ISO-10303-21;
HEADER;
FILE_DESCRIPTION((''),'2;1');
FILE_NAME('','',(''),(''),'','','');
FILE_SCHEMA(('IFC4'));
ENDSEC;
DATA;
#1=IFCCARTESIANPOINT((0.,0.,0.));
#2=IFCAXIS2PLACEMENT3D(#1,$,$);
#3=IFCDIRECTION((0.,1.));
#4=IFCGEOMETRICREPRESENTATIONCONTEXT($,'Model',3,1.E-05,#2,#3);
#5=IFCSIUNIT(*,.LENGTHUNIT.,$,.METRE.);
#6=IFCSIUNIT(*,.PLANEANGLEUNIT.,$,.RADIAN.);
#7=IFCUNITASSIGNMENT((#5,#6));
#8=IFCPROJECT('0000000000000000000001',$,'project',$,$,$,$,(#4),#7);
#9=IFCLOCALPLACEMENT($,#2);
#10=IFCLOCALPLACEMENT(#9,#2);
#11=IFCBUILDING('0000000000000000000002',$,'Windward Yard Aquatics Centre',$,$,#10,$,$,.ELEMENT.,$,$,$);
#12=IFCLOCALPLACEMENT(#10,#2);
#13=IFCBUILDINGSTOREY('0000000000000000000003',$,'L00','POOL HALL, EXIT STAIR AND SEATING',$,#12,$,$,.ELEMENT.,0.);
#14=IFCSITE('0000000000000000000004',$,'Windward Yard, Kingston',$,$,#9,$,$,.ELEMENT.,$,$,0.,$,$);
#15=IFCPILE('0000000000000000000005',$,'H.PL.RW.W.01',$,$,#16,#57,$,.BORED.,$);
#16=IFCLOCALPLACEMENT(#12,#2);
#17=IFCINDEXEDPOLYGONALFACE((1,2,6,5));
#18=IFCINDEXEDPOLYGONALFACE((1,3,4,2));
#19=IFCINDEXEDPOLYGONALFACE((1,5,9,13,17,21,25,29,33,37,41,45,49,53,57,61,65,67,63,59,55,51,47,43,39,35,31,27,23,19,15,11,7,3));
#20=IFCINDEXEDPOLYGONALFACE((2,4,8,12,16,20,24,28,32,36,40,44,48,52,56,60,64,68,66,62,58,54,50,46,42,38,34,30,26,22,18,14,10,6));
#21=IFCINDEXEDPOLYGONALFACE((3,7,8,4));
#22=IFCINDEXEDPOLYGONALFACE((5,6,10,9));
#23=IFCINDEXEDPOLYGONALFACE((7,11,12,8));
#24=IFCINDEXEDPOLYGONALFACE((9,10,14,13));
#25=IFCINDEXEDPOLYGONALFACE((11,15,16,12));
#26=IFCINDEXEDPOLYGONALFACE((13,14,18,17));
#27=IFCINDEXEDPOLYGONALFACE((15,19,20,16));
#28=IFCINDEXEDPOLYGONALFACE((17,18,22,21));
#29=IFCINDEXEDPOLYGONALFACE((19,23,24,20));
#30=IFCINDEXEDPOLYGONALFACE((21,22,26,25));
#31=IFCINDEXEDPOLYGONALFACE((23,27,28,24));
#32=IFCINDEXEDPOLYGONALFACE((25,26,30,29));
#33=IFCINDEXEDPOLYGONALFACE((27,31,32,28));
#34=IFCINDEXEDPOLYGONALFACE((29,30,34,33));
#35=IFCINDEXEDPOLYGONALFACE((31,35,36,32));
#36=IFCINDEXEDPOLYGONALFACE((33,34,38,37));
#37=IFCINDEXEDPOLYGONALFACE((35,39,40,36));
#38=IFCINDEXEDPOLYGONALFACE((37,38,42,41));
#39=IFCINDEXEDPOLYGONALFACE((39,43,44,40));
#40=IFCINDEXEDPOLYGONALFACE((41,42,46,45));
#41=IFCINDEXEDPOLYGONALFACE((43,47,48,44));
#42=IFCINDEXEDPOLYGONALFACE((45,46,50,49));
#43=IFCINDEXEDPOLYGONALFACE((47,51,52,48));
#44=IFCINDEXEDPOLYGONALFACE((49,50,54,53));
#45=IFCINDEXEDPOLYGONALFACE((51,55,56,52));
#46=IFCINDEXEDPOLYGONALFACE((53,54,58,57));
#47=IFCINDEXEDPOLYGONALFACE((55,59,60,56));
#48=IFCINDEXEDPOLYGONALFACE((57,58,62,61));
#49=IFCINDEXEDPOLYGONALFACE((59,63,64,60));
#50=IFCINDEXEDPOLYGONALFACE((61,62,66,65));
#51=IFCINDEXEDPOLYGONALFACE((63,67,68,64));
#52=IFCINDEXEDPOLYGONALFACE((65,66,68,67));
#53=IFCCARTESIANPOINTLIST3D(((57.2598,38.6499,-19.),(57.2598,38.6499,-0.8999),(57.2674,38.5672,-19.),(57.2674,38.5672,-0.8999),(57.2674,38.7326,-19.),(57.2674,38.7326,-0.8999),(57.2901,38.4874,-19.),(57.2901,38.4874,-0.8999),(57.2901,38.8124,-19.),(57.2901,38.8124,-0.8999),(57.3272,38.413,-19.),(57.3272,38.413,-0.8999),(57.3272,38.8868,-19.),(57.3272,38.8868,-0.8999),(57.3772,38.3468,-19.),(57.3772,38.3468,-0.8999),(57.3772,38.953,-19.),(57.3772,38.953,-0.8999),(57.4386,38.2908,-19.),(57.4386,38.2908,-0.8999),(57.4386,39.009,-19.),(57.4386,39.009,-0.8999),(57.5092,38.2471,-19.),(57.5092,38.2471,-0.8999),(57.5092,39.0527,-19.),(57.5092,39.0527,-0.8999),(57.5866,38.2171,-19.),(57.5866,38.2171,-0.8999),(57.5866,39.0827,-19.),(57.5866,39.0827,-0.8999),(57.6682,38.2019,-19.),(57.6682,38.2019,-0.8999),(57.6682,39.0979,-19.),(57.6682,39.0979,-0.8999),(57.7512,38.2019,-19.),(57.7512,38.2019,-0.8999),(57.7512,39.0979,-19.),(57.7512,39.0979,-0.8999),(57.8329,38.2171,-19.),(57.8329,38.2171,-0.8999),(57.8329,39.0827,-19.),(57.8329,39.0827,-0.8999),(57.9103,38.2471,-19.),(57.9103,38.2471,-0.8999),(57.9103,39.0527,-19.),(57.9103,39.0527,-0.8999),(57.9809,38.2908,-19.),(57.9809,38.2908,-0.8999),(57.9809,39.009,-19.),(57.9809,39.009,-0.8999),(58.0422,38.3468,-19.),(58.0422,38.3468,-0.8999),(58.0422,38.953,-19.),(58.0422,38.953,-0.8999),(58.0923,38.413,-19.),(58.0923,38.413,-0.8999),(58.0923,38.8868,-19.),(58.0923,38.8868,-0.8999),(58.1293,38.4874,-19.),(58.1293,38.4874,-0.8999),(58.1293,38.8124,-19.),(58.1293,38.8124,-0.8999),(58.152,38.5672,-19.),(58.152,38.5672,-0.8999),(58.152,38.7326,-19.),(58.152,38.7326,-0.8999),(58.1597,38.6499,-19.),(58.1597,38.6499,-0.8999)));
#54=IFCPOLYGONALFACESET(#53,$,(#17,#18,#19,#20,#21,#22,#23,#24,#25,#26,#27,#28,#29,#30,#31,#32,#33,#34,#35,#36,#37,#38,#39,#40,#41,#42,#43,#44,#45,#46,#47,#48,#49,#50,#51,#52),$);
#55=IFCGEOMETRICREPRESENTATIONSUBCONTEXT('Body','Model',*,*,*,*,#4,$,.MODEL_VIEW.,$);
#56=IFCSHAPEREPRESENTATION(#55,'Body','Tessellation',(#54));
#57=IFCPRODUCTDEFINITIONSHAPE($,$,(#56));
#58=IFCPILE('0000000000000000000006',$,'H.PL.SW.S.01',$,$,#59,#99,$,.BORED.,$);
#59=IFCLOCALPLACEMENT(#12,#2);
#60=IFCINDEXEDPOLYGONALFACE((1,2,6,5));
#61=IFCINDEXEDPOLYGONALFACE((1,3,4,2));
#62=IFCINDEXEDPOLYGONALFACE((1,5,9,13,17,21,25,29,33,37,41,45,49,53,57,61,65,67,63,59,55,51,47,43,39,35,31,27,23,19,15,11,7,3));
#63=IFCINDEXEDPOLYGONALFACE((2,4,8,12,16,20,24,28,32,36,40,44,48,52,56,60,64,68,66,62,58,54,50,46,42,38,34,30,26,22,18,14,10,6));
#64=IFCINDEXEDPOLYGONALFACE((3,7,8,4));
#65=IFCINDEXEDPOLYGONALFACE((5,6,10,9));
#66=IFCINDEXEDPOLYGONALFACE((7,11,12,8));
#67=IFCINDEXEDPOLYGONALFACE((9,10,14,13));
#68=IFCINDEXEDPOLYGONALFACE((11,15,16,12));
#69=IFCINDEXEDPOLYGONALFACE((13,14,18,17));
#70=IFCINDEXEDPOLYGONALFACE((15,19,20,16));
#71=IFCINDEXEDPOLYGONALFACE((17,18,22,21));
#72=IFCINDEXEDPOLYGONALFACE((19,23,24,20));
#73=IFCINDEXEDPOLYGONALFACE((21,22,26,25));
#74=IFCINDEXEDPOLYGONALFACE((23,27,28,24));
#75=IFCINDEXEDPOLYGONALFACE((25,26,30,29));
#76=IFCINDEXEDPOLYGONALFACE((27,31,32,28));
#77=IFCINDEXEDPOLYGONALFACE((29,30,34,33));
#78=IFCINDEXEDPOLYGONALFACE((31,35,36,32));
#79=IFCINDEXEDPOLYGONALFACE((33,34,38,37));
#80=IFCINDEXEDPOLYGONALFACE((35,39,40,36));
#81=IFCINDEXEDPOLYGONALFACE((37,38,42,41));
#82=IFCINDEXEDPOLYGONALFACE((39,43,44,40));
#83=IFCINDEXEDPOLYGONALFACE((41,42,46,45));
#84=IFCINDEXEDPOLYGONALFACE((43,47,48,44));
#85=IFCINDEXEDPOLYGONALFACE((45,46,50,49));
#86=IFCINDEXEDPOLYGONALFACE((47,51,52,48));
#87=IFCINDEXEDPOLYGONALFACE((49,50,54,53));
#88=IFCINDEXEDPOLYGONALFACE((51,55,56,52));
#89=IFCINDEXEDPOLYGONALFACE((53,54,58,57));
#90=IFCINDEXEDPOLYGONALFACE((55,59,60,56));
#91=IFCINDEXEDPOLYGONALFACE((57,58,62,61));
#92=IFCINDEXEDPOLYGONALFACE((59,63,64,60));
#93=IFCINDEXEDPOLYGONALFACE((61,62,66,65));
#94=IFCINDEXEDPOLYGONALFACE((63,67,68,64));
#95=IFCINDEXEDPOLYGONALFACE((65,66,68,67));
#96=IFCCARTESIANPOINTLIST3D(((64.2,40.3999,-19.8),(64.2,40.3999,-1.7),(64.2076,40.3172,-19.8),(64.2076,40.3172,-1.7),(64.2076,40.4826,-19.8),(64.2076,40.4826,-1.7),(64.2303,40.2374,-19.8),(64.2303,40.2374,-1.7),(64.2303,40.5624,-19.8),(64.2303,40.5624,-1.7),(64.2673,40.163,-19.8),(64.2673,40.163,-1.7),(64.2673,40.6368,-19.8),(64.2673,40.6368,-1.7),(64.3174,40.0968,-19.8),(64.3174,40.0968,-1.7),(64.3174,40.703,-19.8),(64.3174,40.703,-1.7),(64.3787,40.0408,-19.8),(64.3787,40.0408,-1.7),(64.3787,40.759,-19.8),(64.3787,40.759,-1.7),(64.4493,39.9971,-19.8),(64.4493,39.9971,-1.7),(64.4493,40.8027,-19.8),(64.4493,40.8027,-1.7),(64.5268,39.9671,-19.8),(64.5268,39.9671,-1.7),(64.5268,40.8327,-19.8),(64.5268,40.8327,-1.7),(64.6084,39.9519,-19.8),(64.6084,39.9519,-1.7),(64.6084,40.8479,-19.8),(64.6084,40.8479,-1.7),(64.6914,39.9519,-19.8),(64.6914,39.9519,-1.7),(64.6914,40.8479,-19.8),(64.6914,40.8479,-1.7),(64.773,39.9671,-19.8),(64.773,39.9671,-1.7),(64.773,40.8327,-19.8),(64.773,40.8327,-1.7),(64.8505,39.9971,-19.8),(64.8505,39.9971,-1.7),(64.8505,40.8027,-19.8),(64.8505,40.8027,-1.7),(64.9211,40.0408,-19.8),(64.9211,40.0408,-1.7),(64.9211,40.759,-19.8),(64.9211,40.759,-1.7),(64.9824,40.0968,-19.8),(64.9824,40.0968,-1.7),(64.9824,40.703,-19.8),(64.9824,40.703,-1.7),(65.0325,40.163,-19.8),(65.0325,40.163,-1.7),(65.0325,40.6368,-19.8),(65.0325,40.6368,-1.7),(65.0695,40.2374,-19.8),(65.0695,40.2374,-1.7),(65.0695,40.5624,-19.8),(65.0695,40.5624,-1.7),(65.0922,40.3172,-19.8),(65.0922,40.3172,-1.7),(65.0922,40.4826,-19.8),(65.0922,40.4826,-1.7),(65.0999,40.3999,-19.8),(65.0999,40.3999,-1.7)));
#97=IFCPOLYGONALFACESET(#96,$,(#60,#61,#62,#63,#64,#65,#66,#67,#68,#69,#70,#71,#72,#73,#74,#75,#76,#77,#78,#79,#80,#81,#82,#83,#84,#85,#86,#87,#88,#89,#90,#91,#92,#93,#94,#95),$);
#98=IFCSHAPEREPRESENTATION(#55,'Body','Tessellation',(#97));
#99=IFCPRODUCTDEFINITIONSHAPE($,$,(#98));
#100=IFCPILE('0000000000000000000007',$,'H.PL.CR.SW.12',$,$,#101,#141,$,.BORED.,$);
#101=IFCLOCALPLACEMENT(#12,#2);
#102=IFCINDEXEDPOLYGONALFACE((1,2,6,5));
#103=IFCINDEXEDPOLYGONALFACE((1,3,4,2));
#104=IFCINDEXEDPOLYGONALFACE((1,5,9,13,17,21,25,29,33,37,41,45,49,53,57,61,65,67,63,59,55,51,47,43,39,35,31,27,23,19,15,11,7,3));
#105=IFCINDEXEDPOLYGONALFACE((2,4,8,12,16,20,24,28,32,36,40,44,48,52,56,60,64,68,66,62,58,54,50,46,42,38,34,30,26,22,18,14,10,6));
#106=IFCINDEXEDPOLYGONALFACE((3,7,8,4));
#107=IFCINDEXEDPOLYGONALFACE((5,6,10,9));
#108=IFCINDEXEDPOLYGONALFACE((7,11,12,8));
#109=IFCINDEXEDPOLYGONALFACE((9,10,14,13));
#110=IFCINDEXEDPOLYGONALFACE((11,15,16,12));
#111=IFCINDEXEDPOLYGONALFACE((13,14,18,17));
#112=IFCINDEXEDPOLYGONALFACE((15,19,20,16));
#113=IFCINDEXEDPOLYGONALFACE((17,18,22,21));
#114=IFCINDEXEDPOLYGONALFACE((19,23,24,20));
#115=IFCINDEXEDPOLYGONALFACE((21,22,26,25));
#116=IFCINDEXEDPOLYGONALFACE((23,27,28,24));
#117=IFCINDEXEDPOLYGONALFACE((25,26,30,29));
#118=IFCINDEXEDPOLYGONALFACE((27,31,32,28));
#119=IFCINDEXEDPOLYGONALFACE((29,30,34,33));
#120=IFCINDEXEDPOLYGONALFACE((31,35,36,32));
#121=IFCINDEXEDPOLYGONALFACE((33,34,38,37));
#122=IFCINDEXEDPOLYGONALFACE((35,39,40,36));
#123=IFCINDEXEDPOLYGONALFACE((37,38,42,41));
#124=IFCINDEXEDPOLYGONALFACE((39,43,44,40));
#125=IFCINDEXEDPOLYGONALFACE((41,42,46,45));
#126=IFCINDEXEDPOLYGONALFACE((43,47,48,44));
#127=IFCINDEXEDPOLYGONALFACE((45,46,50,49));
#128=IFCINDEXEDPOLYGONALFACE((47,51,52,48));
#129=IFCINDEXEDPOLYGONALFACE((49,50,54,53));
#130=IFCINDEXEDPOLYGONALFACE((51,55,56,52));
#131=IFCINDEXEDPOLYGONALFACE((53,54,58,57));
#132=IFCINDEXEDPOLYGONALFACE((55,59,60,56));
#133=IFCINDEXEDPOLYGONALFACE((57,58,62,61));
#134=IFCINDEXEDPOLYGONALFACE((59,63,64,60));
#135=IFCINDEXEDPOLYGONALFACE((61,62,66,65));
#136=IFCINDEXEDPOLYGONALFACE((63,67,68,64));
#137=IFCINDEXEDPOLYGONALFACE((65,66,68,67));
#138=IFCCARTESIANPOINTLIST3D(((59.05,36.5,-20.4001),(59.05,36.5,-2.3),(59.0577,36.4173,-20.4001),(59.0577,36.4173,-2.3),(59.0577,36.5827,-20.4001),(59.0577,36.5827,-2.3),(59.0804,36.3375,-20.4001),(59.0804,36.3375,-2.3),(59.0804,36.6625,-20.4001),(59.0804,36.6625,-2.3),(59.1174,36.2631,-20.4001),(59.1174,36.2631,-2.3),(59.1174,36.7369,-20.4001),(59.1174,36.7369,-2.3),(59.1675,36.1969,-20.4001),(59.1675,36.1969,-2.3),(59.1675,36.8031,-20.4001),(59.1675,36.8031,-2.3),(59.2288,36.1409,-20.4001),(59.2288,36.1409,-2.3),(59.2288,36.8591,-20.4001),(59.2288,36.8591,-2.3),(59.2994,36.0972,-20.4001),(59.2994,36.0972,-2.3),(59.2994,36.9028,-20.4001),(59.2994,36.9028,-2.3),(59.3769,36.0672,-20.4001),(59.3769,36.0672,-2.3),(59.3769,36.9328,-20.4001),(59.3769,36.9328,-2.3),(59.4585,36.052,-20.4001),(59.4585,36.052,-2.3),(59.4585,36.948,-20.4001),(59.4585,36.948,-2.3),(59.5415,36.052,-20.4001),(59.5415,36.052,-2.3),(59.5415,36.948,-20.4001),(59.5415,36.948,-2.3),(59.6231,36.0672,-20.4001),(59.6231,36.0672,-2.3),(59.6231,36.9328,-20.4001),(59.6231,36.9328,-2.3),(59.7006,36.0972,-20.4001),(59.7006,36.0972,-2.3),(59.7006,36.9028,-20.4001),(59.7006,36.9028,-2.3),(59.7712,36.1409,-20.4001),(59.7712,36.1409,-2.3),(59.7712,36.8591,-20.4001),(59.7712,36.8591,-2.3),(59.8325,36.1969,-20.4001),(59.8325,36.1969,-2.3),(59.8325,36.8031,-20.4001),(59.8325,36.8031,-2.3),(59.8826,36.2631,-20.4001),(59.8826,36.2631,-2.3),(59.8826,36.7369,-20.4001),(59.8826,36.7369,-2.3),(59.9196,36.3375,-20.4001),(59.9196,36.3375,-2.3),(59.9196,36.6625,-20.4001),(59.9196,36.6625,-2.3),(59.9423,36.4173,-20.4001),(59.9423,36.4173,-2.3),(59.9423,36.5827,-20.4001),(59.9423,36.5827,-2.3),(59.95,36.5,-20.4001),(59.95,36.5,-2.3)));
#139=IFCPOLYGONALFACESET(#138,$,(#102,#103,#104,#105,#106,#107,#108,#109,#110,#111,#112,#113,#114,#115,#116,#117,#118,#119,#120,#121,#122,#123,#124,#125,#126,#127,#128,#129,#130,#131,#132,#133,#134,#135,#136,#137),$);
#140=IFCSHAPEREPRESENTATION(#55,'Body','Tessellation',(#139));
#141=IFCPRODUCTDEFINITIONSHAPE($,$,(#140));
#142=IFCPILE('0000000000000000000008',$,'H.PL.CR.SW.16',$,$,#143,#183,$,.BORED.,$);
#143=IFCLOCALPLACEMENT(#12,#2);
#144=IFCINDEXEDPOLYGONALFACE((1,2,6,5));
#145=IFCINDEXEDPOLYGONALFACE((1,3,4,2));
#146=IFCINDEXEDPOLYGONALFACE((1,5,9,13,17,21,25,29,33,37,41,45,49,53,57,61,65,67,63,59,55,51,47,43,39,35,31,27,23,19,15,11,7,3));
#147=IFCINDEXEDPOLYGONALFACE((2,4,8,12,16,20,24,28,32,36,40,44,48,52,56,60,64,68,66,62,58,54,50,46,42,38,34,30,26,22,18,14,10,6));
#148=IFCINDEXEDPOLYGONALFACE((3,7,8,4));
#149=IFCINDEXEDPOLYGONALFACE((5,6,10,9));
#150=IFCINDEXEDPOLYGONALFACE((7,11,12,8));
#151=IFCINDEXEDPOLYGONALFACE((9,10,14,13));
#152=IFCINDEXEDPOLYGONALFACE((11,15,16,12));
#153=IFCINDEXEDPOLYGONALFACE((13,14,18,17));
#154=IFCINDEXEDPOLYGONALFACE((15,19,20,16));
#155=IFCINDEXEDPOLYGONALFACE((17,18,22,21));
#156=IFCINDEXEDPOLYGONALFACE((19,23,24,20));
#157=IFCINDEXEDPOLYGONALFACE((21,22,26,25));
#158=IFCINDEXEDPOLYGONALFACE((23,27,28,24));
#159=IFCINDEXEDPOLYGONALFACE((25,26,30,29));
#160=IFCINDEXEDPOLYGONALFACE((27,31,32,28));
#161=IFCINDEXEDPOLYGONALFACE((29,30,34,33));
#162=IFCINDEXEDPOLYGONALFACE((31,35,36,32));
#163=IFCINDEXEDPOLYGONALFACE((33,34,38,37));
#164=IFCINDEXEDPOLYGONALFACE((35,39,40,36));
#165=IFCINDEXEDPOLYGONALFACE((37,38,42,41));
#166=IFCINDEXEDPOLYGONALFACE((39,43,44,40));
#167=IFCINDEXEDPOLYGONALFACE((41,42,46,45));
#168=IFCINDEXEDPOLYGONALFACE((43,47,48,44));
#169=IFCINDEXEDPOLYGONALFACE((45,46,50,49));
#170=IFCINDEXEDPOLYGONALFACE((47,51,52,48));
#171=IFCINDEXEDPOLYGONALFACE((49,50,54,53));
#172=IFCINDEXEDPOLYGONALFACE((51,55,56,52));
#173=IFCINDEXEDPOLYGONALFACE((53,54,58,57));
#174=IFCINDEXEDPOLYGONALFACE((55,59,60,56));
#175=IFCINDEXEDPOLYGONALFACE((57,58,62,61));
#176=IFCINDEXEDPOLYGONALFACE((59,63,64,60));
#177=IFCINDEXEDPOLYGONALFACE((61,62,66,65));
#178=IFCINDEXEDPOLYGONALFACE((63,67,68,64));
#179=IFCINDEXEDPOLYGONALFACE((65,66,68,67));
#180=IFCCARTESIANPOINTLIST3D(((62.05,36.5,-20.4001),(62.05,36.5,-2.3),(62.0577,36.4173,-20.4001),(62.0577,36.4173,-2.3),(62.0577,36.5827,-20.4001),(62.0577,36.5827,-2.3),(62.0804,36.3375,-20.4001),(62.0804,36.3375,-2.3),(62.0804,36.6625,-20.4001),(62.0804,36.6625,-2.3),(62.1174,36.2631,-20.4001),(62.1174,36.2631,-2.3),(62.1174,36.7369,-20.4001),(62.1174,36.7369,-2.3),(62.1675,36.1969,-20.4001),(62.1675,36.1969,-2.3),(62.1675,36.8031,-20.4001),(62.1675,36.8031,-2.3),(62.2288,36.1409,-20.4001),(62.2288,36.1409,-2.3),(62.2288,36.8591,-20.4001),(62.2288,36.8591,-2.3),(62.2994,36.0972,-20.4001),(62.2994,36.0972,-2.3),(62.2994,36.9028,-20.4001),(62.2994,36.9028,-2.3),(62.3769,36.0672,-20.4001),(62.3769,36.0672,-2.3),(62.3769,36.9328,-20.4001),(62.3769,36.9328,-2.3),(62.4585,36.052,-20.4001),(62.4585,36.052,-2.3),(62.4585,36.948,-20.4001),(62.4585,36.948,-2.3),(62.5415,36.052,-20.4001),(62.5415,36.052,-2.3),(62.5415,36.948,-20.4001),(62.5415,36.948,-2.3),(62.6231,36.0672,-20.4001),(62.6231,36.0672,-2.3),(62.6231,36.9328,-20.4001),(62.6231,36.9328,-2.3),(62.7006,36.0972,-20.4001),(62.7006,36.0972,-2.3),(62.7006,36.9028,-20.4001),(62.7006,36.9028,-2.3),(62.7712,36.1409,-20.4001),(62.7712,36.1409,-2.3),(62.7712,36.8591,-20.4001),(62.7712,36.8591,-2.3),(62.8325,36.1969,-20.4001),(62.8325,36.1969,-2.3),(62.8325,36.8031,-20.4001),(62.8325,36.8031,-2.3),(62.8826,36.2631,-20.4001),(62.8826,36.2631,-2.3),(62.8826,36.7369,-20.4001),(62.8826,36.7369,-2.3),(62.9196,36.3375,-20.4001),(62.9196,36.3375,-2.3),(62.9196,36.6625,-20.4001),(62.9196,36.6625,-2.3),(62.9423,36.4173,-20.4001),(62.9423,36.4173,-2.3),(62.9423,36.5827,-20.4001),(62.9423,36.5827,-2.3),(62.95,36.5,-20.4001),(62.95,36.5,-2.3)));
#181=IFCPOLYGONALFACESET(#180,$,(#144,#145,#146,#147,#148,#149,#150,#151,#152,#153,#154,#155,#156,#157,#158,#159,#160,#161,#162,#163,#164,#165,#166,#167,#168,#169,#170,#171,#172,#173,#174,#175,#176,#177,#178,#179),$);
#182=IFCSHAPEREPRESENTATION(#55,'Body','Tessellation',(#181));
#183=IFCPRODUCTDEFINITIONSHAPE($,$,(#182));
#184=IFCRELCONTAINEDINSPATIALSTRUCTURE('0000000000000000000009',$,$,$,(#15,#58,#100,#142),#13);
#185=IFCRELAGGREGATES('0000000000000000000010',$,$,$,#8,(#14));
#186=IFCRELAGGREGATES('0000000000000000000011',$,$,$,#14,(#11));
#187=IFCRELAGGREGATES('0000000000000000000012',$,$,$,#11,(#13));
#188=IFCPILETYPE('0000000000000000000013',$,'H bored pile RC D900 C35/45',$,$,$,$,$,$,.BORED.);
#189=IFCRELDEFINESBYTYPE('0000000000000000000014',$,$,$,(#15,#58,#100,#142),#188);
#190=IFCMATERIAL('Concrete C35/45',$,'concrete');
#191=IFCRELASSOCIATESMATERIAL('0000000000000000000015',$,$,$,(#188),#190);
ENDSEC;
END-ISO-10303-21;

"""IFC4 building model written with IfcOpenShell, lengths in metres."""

from ifc_helpers import new_model, si_unit, direction, frame, origin, origin_2d, place, context, subcontext, project, spatial, circle, extrude, material, material_profile, profile_set, type_object, element, save


model = new_model("IFC4")

# Units and contexts
model_context = context("Model", 3, precision=1e-05, world=origin(), true_north=direction((0.0, 1.0)))
body_context = subcontext(model_context, "Body", "Model", "MODEL_VIEW")
ifc_project = project(units=[si_unit("LENGTHUNIT", "METRE"), si_unit("PLANEANGLEUNIT", "RADIAN")], contexts=[model_context])

# Site, building, storey
site_placement = place(None, origin())
site = spatial("IfcSite", under=ifc_project, at=site_placement, Name="Windward Yard, Kingston", CompositionType="ELEMENT", RefElevation=0.0)
building_placement = place(site_placement, origin())
building = spatial("IfcBuilding", under=site, at=building_placement, Name="Windward Yard Aquatics Centre", CompositionType="ELEMENT")
storey_placement = place(building_placement, origin())
storey = spatial("IfcBuildingStorey", under=building, at=storey_placement, Name="L00", Description="POOL HALL, EXIT STAIR AND SEATING", CompositionType="ELEMENT", Elevation=0.0)

# Piles
ifc_material_1 = material(Name="Concrete C35/45", Category="concrete")
ifc_material_profile_1 = material_profile(ifc_material_1, circle(Radius=0.45, at=origin_2d()), Name="RC D900")
ifc_profile_set_1 = profile_set([ifc_material_profile_1], Name="Concrete C35/45")
pile_type = type_object("IfcPileType", Name="H bored pile RC D900 C35/45", PredefinedType="BORED", material=ifc_profile_set_1)
for number, where, z_axis, x_axis, name in (
    (1, (57.7097, 38.6499, -0.8999), (0.0, 0.0, -1.0), (1.0, 0.0, 0.0), "H.PL.RW.W.01"),
    (2, (64.6499, 40.3999, -1.7), (0.0, 0.0, -1.0), (1.0, 0.0, 0.0), "H.PL.SW.S.01"),
    (3, (59.5, 36.5, -2.3), (0.0, 0.0, -1.0), (1.0, 0.0, 0.0), "H.PL.CR.SW.12"),
    (4, (62.5, 36.5, -2.3), (0.0, 0.0, -1.0), (1.0, 0.0, 0.0), "H.PL.CR.SW.16"),
):
    element("IfcPile", number, at=place(storey_placement, frame(where, z_axis=z_axis, x_axis=x_axis)), inside=storey, type_object=pile_type, Name=name, PredefinedType="BORED", context=body_context, shape_type="SweptSolid", body=[
        extrude(circle(Radius=0.45, at=origin_2d()), origin(), (0.0, 0.0, 1.0), 18.1001),
    ])

save(model, "model.ifc")
